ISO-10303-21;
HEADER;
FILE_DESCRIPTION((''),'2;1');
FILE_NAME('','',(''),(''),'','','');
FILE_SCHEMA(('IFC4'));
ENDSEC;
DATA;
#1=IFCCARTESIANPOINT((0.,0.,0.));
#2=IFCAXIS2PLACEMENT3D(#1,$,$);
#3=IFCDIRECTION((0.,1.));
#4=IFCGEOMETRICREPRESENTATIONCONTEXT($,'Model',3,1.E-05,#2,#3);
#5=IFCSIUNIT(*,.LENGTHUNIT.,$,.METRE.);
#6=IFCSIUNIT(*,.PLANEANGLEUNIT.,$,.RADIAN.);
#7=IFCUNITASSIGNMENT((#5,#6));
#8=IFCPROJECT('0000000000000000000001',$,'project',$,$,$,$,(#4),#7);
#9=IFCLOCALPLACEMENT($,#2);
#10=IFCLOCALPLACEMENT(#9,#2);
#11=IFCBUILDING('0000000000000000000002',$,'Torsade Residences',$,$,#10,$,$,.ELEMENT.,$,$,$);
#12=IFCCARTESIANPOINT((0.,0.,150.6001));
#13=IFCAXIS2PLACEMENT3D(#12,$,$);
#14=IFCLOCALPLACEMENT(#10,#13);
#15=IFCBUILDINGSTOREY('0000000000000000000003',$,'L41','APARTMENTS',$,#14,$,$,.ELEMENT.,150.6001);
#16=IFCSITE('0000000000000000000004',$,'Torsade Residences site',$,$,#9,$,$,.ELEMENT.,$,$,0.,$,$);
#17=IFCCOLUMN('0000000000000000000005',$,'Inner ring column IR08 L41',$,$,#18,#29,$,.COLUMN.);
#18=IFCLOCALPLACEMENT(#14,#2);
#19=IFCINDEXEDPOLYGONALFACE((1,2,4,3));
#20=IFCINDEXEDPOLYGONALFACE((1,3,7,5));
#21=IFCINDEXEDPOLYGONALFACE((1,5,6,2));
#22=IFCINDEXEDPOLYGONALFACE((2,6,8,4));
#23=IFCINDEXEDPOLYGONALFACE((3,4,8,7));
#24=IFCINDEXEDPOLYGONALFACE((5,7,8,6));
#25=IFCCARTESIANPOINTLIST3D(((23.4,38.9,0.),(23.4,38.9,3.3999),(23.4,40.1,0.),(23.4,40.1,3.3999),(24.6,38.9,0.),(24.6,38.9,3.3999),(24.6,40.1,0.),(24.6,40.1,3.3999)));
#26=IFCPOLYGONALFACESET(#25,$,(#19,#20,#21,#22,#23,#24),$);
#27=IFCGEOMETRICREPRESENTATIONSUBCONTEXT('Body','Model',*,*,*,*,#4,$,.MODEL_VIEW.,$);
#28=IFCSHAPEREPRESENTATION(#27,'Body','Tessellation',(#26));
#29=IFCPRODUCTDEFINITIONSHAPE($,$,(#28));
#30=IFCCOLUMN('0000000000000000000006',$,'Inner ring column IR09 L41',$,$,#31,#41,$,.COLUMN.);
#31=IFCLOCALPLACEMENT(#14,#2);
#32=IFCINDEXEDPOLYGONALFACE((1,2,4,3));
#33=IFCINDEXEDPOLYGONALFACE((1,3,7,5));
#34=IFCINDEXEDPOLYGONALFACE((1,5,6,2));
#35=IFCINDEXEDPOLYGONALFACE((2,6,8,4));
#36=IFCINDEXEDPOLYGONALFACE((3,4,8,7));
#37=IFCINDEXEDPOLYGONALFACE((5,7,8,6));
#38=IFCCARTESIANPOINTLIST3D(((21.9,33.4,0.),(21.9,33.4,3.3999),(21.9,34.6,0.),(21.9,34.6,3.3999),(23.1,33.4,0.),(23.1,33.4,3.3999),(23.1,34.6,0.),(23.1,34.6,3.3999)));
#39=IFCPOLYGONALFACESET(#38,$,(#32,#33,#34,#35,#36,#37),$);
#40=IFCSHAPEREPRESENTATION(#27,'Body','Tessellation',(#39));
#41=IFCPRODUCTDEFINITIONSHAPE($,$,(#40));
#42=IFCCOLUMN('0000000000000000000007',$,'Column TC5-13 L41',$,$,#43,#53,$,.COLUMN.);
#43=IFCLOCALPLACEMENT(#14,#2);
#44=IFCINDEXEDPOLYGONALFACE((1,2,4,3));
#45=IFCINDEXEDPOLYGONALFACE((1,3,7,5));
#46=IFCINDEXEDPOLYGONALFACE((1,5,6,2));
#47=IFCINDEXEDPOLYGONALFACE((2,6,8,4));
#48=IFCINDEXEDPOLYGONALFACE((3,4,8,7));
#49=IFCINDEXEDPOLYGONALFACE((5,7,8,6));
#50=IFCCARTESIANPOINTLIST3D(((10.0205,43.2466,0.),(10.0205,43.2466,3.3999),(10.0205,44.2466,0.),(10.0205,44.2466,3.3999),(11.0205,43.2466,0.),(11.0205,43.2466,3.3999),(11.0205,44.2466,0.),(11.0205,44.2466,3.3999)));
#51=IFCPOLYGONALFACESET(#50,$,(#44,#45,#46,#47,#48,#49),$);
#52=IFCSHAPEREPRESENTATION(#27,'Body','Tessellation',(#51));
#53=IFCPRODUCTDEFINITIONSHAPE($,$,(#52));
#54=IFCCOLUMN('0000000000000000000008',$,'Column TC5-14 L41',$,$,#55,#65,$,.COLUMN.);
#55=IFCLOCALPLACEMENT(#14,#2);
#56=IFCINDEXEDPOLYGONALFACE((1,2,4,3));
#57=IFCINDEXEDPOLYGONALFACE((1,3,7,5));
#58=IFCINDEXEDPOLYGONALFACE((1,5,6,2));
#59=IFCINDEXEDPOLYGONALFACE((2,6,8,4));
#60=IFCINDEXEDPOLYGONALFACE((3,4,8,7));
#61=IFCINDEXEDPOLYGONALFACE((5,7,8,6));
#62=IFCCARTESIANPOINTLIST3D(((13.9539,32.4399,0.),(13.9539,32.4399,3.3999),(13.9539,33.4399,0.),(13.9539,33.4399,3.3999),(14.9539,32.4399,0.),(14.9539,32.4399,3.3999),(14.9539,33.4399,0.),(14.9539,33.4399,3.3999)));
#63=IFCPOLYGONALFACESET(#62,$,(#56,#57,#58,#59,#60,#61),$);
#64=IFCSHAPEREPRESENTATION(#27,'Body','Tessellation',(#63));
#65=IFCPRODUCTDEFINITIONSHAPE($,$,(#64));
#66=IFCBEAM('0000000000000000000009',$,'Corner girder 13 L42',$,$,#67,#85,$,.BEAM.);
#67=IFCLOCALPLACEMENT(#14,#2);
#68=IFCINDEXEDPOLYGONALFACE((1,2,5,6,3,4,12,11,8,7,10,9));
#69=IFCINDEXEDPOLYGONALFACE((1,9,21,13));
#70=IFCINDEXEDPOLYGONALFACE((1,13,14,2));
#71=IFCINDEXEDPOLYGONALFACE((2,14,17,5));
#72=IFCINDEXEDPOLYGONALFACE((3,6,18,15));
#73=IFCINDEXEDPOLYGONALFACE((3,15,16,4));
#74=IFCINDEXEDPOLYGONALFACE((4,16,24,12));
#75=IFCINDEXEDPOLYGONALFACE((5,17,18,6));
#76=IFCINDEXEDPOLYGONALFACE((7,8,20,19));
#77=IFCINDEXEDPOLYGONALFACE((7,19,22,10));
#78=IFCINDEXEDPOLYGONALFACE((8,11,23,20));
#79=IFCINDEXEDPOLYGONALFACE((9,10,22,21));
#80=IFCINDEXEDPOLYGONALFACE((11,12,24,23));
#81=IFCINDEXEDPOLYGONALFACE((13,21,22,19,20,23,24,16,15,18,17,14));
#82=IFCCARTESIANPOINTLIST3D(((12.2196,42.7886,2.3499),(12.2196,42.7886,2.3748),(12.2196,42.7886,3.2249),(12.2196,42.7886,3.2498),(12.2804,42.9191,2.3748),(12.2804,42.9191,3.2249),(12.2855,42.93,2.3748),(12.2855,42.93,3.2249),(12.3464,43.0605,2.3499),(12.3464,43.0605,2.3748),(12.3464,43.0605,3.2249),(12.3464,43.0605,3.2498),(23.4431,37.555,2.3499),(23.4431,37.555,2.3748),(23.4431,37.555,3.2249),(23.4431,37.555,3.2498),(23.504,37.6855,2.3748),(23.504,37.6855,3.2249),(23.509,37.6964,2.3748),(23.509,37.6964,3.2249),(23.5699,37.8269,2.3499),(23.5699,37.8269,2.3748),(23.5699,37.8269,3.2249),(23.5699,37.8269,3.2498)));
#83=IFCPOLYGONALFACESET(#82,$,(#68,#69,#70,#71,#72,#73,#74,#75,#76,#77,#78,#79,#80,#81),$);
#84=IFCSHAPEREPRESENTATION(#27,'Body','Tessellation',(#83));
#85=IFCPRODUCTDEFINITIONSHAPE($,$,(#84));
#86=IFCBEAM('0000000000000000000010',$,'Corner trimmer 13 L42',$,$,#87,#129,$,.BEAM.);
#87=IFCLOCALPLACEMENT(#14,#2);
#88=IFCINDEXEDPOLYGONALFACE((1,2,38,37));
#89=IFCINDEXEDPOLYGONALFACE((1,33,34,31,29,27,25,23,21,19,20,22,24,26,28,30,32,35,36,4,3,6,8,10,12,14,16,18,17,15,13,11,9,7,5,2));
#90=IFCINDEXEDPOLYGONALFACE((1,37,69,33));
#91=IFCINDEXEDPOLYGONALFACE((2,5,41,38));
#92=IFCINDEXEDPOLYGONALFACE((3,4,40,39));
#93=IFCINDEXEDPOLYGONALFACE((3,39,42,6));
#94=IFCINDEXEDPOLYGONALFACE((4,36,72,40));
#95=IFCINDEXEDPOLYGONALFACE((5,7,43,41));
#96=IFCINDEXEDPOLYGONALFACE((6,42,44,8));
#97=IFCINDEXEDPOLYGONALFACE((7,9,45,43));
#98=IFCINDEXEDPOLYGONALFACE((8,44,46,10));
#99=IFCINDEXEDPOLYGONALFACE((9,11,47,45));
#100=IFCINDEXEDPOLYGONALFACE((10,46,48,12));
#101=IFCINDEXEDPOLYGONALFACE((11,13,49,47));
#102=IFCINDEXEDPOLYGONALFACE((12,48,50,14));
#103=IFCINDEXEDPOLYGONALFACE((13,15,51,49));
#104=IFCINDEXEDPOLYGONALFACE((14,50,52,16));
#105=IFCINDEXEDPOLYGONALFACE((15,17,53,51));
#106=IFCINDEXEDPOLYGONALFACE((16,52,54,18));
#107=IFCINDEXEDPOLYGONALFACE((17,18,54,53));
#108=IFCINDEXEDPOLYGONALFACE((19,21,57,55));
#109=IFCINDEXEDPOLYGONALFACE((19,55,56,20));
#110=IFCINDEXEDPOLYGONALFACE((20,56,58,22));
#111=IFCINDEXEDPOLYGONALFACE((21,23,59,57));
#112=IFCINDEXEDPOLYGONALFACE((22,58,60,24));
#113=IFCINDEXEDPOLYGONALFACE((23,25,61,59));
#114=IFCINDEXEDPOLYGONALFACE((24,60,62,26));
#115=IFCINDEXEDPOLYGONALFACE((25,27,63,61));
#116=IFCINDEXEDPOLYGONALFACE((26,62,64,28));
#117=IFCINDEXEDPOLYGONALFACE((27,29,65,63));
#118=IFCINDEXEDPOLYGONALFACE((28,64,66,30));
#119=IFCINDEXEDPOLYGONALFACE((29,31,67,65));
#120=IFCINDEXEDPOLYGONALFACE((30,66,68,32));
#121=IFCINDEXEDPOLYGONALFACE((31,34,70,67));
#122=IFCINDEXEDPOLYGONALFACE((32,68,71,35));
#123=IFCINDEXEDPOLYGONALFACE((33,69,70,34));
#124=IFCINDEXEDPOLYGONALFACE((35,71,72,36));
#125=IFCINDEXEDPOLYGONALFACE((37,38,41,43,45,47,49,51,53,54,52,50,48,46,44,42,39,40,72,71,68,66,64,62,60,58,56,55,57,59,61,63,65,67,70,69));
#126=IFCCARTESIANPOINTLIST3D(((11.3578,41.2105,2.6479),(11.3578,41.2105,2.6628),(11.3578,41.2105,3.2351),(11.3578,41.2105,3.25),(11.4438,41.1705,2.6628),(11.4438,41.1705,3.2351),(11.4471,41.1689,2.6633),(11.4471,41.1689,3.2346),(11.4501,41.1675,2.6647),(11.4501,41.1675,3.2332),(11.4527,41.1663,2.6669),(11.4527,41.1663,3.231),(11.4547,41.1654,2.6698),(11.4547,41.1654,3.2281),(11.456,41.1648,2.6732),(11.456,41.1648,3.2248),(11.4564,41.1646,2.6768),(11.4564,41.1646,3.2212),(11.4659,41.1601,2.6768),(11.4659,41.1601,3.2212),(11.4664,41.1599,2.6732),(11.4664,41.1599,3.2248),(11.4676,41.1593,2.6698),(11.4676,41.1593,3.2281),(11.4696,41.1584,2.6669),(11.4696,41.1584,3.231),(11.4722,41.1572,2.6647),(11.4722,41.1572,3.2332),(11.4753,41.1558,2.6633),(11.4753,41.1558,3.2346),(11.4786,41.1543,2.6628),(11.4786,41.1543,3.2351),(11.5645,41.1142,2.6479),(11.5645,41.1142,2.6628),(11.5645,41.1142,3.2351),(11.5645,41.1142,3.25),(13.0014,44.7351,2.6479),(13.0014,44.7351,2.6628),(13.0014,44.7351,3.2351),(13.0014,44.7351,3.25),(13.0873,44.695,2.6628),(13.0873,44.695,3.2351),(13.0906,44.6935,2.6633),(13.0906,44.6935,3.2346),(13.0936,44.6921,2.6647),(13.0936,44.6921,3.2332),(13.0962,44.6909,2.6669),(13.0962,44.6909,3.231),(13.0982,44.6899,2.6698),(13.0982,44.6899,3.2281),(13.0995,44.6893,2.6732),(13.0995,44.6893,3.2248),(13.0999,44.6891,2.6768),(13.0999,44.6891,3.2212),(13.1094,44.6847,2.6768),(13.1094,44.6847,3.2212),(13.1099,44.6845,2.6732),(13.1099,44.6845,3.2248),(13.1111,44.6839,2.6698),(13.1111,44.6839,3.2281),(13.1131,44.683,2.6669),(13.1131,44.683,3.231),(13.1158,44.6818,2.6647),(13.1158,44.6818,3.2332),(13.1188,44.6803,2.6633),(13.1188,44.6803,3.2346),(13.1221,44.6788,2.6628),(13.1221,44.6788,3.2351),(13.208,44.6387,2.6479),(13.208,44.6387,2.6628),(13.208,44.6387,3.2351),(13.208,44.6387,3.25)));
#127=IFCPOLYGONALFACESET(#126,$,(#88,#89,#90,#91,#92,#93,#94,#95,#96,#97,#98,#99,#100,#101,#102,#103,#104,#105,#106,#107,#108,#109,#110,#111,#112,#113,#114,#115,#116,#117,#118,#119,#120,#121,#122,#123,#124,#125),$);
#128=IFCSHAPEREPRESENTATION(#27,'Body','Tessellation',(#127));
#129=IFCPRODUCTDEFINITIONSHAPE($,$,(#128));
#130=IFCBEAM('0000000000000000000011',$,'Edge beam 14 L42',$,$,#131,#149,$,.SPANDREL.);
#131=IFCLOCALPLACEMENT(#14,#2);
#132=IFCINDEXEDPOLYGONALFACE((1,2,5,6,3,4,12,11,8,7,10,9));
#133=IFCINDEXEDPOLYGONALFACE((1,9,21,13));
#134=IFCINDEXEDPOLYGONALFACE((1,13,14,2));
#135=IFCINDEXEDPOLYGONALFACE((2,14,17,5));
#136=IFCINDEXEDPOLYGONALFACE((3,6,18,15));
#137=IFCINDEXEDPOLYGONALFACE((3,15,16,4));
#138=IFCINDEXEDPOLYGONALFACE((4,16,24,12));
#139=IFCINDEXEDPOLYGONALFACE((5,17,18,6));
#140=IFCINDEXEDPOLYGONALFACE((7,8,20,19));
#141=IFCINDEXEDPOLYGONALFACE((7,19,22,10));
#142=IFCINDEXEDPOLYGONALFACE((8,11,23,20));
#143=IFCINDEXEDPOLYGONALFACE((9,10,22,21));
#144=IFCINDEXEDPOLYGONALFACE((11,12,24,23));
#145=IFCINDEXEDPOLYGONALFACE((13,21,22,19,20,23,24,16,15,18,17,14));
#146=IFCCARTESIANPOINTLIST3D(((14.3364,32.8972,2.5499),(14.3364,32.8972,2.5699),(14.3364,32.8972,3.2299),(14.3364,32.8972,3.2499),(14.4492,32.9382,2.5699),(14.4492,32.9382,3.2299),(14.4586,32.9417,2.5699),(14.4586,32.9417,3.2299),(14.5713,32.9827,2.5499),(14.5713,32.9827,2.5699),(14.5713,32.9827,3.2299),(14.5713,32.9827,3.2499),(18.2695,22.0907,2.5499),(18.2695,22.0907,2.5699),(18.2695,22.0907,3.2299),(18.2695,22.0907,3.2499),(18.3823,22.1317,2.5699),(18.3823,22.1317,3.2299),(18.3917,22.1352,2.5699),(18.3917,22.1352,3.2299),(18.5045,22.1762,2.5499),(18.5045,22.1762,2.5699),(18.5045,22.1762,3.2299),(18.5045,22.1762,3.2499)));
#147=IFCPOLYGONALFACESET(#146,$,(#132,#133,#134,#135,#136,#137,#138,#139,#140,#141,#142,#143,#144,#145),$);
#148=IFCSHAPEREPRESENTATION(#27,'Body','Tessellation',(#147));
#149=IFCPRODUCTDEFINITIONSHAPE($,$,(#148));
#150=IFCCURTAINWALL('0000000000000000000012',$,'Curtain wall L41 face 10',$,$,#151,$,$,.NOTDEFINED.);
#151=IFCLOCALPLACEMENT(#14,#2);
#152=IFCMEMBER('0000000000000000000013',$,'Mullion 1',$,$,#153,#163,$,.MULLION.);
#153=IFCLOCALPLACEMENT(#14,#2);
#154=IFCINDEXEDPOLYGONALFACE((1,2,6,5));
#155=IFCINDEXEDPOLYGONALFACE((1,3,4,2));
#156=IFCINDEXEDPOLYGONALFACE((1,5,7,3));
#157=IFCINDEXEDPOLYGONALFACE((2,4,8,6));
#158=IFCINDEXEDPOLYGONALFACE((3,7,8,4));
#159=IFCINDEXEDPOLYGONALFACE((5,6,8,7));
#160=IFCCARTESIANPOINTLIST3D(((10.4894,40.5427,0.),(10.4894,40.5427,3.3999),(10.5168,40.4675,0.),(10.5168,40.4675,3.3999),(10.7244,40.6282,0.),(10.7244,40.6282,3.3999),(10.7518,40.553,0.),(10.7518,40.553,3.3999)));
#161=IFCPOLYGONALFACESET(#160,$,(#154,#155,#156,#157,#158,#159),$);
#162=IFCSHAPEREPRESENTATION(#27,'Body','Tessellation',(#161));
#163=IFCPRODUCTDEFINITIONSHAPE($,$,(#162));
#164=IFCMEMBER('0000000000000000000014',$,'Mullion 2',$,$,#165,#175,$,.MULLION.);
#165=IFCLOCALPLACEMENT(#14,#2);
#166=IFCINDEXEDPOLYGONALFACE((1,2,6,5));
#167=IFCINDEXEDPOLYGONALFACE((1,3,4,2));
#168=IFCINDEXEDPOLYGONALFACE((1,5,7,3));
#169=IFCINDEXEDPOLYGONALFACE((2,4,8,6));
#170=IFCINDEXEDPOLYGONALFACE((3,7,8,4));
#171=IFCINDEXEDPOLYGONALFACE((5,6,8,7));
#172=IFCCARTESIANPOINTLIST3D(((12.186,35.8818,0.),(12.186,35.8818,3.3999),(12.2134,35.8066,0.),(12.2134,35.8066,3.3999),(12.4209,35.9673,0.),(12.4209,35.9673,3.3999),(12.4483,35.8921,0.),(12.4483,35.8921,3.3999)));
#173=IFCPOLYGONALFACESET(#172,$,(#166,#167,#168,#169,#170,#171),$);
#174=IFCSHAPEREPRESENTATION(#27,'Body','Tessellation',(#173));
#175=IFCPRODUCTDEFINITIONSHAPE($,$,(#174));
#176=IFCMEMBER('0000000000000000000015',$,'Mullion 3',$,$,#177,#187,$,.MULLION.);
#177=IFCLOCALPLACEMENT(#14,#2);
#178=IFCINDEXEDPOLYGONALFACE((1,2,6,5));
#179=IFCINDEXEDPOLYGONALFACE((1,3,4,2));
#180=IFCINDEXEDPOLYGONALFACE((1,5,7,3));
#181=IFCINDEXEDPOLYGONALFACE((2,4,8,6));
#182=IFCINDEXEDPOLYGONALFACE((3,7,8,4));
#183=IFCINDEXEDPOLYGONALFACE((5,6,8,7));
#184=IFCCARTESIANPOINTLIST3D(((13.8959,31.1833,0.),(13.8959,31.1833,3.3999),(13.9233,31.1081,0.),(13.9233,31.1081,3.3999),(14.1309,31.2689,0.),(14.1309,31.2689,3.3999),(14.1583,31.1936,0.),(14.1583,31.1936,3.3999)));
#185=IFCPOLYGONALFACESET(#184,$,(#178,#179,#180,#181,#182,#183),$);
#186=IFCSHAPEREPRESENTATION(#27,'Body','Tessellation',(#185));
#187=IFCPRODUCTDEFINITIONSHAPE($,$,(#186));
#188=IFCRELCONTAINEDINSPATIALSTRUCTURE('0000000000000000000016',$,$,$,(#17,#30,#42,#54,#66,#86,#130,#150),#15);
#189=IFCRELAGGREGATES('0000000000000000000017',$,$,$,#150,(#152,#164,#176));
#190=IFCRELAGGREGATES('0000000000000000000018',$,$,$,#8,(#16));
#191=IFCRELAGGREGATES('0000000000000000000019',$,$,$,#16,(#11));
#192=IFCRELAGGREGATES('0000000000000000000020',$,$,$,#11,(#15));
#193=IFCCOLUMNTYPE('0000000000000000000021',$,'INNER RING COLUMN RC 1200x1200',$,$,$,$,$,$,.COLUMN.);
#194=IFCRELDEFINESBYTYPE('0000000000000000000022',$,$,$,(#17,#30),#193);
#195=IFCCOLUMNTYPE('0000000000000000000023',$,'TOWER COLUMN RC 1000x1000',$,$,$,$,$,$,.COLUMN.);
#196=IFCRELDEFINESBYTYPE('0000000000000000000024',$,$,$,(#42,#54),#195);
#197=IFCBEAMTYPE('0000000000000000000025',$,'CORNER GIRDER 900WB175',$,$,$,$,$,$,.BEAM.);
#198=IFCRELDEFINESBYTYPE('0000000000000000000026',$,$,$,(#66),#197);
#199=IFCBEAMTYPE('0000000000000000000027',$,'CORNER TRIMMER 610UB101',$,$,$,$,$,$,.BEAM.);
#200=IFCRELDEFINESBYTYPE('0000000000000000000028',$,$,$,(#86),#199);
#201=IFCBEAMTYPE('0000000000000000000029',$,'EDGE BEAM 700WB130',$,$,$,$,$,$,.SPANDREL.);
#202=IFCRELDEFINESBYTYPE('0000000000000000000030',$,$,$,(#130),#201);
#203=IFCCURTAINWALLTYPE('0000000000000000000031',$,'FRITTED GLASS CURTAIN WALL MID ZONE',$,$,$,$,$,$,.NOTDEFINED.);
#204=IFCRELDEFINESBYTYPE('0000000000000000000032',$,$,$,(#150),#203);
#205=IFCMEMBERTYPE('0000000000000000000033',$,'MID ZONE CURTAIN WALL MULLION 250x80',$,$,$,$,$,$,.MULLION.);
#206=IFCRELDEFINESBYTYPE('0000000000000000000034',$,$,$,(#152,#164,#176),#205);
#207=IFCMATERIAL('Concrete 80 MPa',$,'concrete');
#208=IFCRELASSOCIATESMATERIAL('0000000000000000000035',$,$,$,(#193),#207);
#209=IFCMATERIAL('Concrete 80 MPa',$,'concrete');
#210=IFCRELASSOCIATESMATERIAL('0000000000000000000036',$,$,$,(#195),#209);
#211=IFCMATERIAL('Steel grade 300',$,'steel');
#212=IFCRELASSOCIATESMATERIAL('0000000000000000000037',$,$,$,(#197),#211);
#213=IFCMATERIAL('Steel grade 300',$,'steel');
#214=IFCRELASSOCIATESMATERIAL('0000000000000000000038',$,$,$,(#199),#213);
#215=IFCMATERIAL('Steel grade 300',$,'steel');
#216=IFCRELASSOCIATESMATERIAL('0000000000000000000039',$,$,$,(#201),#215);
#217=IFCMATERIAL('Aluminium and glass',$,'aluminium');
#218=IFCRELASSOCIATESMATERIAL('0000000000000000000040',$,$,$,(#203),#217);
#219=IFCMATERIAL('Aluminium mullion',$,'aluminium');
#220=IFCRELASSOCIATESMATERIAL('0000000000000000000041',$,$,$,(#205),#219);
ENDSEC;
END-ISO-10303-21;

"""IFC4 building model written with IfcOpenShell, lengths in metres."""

from ifc_helpers import new_model, si_unit, direction, frame, origin, origin_2d, place, context, subcontext, project, spatial, rectangle, i_section, extrude, material, material_profile, profile_set, type_object, element, aggregate, save


model = new_model("IFC4")

# Units and contexts
model_context = context("Model", 3, precision=1e-05, world=origin(), true_north=direction((0.0, 1.0)))
body_context = subcontext(model_context, "Body", "Model", "MODEL_VIEW")
ifc_project = project(units=[si_unit("LENGTHUNIT", "METRE"), si_unit("PLANEANGLEUNIT", "RADIAN")], contexts=[model_context])

# Site, building, storey
site_placement = place(None, origin())
site = spatial("IfcSite", under=ifc_project, at=site_placement, Name="Torsade Residences site", CompositionType="ELEMENT", RefElevation=0.0)
building_placement = place(site_placement, origin())
building = spatial("IfcBuilding", under=site, at=building_placement, Name="Torsade Residences", CompositionType="ELEMENT")
storey_placement = place(building_placement, frame((0.0, 0.0, 150.6001)))
storey = spatial("IfcBuildingStorey", under=building, at=storey_placement, Name="L41", Description="APARTMENTS", CompositionType="ELEMENT", Elevation=150.6001)

# Columns
ifc_material_1 = material(Name="Concrete 80 MPa", Category="concrete")
ifc_material_profile_1 = material_profile(ifc_material_1, rectangle(XDim=1.2, YDim=1.2, at=origin_2d()), Name="RC 1200x1200")
ifc_profile_set_1 = profile_set([ifc_material_profile_1], Name="Concrete 80 MPa")
column_type_1 = type_object("IfcColumnType", Name="INNER RING COLUMN RC 1200x1200", PredefinedType="COLUMN", material=ifc_profile_set_1)
for number, where, z_axis, x_axis, name in (
    (1, (24.0, 39.5, 0.0), (0.0, 0.0, 1.0), (1.0, 0.0, 0.0), "Inner ring column IR08 L41"),
    (2, (22.5, 34.0, 0.0), (0.0, 0.0, 1.0), (1.0, 0.0, 0.0), "Inner ring column IR09 L41"),
):
    element("IfcColumn", number, at=place(storey_placement, frame(where, z_axis=z_axis, x_axis=x_axis)), inside=storey, type_object=column_type_1, Name=name, PredefinedType="COLUMN", context=body_context, shape_type="SweptSolid", body=[
        extrude(rectangle(XDim=1.2, YDim=1.2, at=origin_2d()), origin(), (0.0, 0.0, 1.0), 3.3999),
    ])
ifc_material_2 = material(Name="Concrete 80 MPa", Category="concrete")
ifc_material_profile_2 = material_profile(ifc_material_2, rectangle(XDim=1.0, YDim=1.0, at=origin_2d()), Name="RC 1000x1000")
ifc_profile_set_2 = profile_set([ifc_material_profile_2], Name="Concrete 80 MPa")
column_type_2 = type_object("IfcColumnType", Name="TOWER COLUMN RC 1000x1000", PredefinedType="COLUMN", material=ifc_profile_set_2)
for number, where, z_axis, x_axis, name in (
    (3, (10.5205, 43.7466, 0.0), (0.0, 0.0, 1.0), (1.0, 0.0, 0.0), "Column TC5-13 L41"),
    (4, (14.4539, 32.9399, 0.0), (0.0, 0.0, 1.0), (1.0, 0.0, 0.0), "Column TC5-14 L41"),
):
    element("IfcColumn", number, at=place(storey_placement, frame(where, z_axis=z_axis, x_axis=x_axis)), inside=storey, type_object=column_type_2, Name=name, PredefinedType="COLUMN", context=body_context, shape_type="SweptSolid", body=[
        extrude(rectangle(XDim=1.0, YDim=1.0, at=origin_2d()), origin(), (0.0, 0.0, 1.0), 3.3999),
    ])

# Beams
ifc_material_3 = material(Name="Steel grade 300", Category="steel")
ifc_material_profile_3 = material_profile(ifc_material_3, i_section(OverallWidth=0.3, OverallDepth=0.8999, WebThickness=0.012, FlangeThickness=0.0249, at=origin_2d()), Name="900WB175")
ifc_profile_set_3 = profile_set([ifc_material_profile_3], Name="Steel grade 300")
beam_type_1 = type_object("IfcBeamType", Name="CORNER GIRDER 900WB175", PredefinedType="BEAM", material=ifc_profile_set_3)
beam_1_placement = place(storey_placement, frame((12.283, 42.9246, 2.7998), z_axis=(0.906309, -0.422617, 0.0), x_axis=(0.422617, 0.906309, 0.0)))
element("IfcBeam", 5, at=beam_1_placement, inside=storey, type_object=beam_type_1, Name="Corner girder 13 L42", PredefinedType="BEAM", context=body_context, shape_type="SweptSolid", body=[
    extrude(i_section(OverallWidth=0.3, OverallDepth=0.8999, WebThickness=0.012, FlangeThickness=0.0249, at=origin_2d()), origin(), (0.0, 0.0, 1.0), 12.3838),
])
ifc_material_4 = material(Name="Steel grade 300", Category="steel")
ifc_material_profile_4 = material_profile(ifc_material_4, i_section(OverallWidth=0.228, OverallDepth=0.6021, WebThickness=0.0105, FlangeThickness=0.0149, FilletRadius=0.0139, at=origin_2d()), Name="610UB101")
ifc_profile_set_4 = profile_set([ifc_material_profile_4], Name="Steel grade 300")
beam_type_2 = type_object("IfcBeamType", Name="CORNER TRIMMER 610UB101", PredefinedType="BEAM", material=ifc_profile_set_4)
beam_2_placement = place(storey_placement, frame((11.4612, 41.1624, 2.949), z_axis=(0.422614, 0.90631, 0.0), x_axis=(-0.90631, 0.422614, 0.0)))
element("IfcBeam", 6, at=beam_2_placement, inside=storey, type_object=beam_type_2, Name="Corner trimmer 13 L42", PredefinedType="BEAM", context=body_context, shape_type="SweptSolid", body=[
    extrude(i_section(OverallWidth=0.228, OverallDepth=0.6021, WebThickness=0.0105, FlangeThickness=0.0149, FilletRadius=0.0139, at=origin_2d()), origin(), (0.0, 0.0, 1.0), 3.8889),
])
ifc_material_5 = material(Name="Steel grade 300", Category="steel")
ifc_material_profile_5 = material_profile(ifc_material_5, i_section(OverallWidth=0.25, OverallDepth=0.7, WebThickness=0.01, FlangeThickness=0.02, at=origin_2d()), Name="700WB130")
ifc_profile_set_5 = profile_set([ifc_material_profile_5], Name="Steel grade 300")
beam_type_3 = type_object("IfcBeamType", Name="EDGE BEAM 700WB130", PredefinedType="SPANDREL", material=ifc_profile_set_5)
beam_3_placement = place(storey_placement, frame((14.4539, 32.9399, 2.8999), z_axis=(0.342012, -0.939695, 0.0), x_axis=(0.939695, 0.342012, 0.0)))
element("IfcBeam", 7, at=beam_3_placement, inside=storey, type_object=beam_type_3, Name="Edge beam 14 L42", PredefinedType="SPANDREL", context=body_context, shape_type="SweptSolid", body=[
    extrude(i_section(OverallWidth=0.25, OverallDepth=0.7, WebThickness=0.01, FlangeThickness=0.02, at=origin_2d()), origin(), (0.0, 0.0, 1.0), 11.5),
])

# Curtain wall, members
ifc_material_6 = material(Name="Aluminium and glass", Category="aluminium")
curtain_wall_type = type_object("IfcCurtainWallType", Name="FRITTED GLASS CURTAIN WALL MID ZONE", PredefinedType="NOTDEFINED", material=ifc_material_6)
curtain_wall_placement = place(storey_placement, origin())
curtain_wall = element("IfcCurtainWall", 8, at=curtain_wall_placement, inside=storey, type_object=curtain_wall_type, Name="Curtain wall L41 face 10", PredefinedType="NOTDEFINED")
ifc_material_7 = material(Name="Aluminium mullion", Category="aluminium")
ifc_material_profile_6 = material_profile(ifc_material_7, rectangle(XDim=0.25, YDim=0.0801, at=origin_2d()), Name="MID ZONE CURTAIN WALL MULLION 250x80")
ifc_profile_set_6 = profile_set([ifc_material_profile_6], Name="Aluminium mullion")
member_type_1 = type_object("IfcMemberType", Name="MID ZONE CURTAIN WALL MULLION 250x80", PredefinedType="MULLION", material=ifc_profile_set_6)
member_1_placement = place(storey_placement, frame((10.6206, 40.5479, 0.0), z_axis=(0.0, 0.0, 1.0), x_axis=(0.939693, 0.34202, 0.0)))
member_1 = element("IfcMember", 9, at=member_1_placement, type_object=member_type_1, Name="Mullion 1", PredefinedType="MULLION", context=body_context, shape_type="SweptSolid", body=[
    extrude(rectangle(XDim=0.25, YDim=0.0801, at=origin_2d()), origin(), (0.0, 0.0, 1.0), 3.3999),
])
member_2_placement = place(storey_placement, frame((12.3171, 35.887, 0.0), z_axis=(0.0, 0.0, 1.0), x_axis=(0.939693, 0.34202, 0.0)))
member_2 = element("IfcMember", 10, at=member_2_placement, type_object=member_type_1, Name="Mullion 2", PredefinedType="MULLION", context=body_context, shape_type="SweptSolid", body=[
    extrude(rectangle(XDim=0.25, YDim=0.0801, at=origin_2d()), origin(), (0.0, 0.0, 1.0), 3.3999),
])
member_3_placement = place(storey_placement, frame((14.0271, 31.1885, 0.0), z_axis=(0.0, 0.0, 1.0), x_axis=(0.939693, 0.34202, 0.0)))
member_3 = element("IfcMember", 11, at=member_3_placement, type_object=member_type_1, Name="Mullion 3", PredefinedType="MULLION", context=body_context, shape_type="SweptSolid", body=[
    extrude(rectangle(XDim=0.25, YDim=0.0801, at=origin_2d()), origin(), (0.0, 0.0, 1.0), 3.3999),
])

aggregate(curtain_wall, [member_1, member_2, member_3])

save(model, "model.ifc")
